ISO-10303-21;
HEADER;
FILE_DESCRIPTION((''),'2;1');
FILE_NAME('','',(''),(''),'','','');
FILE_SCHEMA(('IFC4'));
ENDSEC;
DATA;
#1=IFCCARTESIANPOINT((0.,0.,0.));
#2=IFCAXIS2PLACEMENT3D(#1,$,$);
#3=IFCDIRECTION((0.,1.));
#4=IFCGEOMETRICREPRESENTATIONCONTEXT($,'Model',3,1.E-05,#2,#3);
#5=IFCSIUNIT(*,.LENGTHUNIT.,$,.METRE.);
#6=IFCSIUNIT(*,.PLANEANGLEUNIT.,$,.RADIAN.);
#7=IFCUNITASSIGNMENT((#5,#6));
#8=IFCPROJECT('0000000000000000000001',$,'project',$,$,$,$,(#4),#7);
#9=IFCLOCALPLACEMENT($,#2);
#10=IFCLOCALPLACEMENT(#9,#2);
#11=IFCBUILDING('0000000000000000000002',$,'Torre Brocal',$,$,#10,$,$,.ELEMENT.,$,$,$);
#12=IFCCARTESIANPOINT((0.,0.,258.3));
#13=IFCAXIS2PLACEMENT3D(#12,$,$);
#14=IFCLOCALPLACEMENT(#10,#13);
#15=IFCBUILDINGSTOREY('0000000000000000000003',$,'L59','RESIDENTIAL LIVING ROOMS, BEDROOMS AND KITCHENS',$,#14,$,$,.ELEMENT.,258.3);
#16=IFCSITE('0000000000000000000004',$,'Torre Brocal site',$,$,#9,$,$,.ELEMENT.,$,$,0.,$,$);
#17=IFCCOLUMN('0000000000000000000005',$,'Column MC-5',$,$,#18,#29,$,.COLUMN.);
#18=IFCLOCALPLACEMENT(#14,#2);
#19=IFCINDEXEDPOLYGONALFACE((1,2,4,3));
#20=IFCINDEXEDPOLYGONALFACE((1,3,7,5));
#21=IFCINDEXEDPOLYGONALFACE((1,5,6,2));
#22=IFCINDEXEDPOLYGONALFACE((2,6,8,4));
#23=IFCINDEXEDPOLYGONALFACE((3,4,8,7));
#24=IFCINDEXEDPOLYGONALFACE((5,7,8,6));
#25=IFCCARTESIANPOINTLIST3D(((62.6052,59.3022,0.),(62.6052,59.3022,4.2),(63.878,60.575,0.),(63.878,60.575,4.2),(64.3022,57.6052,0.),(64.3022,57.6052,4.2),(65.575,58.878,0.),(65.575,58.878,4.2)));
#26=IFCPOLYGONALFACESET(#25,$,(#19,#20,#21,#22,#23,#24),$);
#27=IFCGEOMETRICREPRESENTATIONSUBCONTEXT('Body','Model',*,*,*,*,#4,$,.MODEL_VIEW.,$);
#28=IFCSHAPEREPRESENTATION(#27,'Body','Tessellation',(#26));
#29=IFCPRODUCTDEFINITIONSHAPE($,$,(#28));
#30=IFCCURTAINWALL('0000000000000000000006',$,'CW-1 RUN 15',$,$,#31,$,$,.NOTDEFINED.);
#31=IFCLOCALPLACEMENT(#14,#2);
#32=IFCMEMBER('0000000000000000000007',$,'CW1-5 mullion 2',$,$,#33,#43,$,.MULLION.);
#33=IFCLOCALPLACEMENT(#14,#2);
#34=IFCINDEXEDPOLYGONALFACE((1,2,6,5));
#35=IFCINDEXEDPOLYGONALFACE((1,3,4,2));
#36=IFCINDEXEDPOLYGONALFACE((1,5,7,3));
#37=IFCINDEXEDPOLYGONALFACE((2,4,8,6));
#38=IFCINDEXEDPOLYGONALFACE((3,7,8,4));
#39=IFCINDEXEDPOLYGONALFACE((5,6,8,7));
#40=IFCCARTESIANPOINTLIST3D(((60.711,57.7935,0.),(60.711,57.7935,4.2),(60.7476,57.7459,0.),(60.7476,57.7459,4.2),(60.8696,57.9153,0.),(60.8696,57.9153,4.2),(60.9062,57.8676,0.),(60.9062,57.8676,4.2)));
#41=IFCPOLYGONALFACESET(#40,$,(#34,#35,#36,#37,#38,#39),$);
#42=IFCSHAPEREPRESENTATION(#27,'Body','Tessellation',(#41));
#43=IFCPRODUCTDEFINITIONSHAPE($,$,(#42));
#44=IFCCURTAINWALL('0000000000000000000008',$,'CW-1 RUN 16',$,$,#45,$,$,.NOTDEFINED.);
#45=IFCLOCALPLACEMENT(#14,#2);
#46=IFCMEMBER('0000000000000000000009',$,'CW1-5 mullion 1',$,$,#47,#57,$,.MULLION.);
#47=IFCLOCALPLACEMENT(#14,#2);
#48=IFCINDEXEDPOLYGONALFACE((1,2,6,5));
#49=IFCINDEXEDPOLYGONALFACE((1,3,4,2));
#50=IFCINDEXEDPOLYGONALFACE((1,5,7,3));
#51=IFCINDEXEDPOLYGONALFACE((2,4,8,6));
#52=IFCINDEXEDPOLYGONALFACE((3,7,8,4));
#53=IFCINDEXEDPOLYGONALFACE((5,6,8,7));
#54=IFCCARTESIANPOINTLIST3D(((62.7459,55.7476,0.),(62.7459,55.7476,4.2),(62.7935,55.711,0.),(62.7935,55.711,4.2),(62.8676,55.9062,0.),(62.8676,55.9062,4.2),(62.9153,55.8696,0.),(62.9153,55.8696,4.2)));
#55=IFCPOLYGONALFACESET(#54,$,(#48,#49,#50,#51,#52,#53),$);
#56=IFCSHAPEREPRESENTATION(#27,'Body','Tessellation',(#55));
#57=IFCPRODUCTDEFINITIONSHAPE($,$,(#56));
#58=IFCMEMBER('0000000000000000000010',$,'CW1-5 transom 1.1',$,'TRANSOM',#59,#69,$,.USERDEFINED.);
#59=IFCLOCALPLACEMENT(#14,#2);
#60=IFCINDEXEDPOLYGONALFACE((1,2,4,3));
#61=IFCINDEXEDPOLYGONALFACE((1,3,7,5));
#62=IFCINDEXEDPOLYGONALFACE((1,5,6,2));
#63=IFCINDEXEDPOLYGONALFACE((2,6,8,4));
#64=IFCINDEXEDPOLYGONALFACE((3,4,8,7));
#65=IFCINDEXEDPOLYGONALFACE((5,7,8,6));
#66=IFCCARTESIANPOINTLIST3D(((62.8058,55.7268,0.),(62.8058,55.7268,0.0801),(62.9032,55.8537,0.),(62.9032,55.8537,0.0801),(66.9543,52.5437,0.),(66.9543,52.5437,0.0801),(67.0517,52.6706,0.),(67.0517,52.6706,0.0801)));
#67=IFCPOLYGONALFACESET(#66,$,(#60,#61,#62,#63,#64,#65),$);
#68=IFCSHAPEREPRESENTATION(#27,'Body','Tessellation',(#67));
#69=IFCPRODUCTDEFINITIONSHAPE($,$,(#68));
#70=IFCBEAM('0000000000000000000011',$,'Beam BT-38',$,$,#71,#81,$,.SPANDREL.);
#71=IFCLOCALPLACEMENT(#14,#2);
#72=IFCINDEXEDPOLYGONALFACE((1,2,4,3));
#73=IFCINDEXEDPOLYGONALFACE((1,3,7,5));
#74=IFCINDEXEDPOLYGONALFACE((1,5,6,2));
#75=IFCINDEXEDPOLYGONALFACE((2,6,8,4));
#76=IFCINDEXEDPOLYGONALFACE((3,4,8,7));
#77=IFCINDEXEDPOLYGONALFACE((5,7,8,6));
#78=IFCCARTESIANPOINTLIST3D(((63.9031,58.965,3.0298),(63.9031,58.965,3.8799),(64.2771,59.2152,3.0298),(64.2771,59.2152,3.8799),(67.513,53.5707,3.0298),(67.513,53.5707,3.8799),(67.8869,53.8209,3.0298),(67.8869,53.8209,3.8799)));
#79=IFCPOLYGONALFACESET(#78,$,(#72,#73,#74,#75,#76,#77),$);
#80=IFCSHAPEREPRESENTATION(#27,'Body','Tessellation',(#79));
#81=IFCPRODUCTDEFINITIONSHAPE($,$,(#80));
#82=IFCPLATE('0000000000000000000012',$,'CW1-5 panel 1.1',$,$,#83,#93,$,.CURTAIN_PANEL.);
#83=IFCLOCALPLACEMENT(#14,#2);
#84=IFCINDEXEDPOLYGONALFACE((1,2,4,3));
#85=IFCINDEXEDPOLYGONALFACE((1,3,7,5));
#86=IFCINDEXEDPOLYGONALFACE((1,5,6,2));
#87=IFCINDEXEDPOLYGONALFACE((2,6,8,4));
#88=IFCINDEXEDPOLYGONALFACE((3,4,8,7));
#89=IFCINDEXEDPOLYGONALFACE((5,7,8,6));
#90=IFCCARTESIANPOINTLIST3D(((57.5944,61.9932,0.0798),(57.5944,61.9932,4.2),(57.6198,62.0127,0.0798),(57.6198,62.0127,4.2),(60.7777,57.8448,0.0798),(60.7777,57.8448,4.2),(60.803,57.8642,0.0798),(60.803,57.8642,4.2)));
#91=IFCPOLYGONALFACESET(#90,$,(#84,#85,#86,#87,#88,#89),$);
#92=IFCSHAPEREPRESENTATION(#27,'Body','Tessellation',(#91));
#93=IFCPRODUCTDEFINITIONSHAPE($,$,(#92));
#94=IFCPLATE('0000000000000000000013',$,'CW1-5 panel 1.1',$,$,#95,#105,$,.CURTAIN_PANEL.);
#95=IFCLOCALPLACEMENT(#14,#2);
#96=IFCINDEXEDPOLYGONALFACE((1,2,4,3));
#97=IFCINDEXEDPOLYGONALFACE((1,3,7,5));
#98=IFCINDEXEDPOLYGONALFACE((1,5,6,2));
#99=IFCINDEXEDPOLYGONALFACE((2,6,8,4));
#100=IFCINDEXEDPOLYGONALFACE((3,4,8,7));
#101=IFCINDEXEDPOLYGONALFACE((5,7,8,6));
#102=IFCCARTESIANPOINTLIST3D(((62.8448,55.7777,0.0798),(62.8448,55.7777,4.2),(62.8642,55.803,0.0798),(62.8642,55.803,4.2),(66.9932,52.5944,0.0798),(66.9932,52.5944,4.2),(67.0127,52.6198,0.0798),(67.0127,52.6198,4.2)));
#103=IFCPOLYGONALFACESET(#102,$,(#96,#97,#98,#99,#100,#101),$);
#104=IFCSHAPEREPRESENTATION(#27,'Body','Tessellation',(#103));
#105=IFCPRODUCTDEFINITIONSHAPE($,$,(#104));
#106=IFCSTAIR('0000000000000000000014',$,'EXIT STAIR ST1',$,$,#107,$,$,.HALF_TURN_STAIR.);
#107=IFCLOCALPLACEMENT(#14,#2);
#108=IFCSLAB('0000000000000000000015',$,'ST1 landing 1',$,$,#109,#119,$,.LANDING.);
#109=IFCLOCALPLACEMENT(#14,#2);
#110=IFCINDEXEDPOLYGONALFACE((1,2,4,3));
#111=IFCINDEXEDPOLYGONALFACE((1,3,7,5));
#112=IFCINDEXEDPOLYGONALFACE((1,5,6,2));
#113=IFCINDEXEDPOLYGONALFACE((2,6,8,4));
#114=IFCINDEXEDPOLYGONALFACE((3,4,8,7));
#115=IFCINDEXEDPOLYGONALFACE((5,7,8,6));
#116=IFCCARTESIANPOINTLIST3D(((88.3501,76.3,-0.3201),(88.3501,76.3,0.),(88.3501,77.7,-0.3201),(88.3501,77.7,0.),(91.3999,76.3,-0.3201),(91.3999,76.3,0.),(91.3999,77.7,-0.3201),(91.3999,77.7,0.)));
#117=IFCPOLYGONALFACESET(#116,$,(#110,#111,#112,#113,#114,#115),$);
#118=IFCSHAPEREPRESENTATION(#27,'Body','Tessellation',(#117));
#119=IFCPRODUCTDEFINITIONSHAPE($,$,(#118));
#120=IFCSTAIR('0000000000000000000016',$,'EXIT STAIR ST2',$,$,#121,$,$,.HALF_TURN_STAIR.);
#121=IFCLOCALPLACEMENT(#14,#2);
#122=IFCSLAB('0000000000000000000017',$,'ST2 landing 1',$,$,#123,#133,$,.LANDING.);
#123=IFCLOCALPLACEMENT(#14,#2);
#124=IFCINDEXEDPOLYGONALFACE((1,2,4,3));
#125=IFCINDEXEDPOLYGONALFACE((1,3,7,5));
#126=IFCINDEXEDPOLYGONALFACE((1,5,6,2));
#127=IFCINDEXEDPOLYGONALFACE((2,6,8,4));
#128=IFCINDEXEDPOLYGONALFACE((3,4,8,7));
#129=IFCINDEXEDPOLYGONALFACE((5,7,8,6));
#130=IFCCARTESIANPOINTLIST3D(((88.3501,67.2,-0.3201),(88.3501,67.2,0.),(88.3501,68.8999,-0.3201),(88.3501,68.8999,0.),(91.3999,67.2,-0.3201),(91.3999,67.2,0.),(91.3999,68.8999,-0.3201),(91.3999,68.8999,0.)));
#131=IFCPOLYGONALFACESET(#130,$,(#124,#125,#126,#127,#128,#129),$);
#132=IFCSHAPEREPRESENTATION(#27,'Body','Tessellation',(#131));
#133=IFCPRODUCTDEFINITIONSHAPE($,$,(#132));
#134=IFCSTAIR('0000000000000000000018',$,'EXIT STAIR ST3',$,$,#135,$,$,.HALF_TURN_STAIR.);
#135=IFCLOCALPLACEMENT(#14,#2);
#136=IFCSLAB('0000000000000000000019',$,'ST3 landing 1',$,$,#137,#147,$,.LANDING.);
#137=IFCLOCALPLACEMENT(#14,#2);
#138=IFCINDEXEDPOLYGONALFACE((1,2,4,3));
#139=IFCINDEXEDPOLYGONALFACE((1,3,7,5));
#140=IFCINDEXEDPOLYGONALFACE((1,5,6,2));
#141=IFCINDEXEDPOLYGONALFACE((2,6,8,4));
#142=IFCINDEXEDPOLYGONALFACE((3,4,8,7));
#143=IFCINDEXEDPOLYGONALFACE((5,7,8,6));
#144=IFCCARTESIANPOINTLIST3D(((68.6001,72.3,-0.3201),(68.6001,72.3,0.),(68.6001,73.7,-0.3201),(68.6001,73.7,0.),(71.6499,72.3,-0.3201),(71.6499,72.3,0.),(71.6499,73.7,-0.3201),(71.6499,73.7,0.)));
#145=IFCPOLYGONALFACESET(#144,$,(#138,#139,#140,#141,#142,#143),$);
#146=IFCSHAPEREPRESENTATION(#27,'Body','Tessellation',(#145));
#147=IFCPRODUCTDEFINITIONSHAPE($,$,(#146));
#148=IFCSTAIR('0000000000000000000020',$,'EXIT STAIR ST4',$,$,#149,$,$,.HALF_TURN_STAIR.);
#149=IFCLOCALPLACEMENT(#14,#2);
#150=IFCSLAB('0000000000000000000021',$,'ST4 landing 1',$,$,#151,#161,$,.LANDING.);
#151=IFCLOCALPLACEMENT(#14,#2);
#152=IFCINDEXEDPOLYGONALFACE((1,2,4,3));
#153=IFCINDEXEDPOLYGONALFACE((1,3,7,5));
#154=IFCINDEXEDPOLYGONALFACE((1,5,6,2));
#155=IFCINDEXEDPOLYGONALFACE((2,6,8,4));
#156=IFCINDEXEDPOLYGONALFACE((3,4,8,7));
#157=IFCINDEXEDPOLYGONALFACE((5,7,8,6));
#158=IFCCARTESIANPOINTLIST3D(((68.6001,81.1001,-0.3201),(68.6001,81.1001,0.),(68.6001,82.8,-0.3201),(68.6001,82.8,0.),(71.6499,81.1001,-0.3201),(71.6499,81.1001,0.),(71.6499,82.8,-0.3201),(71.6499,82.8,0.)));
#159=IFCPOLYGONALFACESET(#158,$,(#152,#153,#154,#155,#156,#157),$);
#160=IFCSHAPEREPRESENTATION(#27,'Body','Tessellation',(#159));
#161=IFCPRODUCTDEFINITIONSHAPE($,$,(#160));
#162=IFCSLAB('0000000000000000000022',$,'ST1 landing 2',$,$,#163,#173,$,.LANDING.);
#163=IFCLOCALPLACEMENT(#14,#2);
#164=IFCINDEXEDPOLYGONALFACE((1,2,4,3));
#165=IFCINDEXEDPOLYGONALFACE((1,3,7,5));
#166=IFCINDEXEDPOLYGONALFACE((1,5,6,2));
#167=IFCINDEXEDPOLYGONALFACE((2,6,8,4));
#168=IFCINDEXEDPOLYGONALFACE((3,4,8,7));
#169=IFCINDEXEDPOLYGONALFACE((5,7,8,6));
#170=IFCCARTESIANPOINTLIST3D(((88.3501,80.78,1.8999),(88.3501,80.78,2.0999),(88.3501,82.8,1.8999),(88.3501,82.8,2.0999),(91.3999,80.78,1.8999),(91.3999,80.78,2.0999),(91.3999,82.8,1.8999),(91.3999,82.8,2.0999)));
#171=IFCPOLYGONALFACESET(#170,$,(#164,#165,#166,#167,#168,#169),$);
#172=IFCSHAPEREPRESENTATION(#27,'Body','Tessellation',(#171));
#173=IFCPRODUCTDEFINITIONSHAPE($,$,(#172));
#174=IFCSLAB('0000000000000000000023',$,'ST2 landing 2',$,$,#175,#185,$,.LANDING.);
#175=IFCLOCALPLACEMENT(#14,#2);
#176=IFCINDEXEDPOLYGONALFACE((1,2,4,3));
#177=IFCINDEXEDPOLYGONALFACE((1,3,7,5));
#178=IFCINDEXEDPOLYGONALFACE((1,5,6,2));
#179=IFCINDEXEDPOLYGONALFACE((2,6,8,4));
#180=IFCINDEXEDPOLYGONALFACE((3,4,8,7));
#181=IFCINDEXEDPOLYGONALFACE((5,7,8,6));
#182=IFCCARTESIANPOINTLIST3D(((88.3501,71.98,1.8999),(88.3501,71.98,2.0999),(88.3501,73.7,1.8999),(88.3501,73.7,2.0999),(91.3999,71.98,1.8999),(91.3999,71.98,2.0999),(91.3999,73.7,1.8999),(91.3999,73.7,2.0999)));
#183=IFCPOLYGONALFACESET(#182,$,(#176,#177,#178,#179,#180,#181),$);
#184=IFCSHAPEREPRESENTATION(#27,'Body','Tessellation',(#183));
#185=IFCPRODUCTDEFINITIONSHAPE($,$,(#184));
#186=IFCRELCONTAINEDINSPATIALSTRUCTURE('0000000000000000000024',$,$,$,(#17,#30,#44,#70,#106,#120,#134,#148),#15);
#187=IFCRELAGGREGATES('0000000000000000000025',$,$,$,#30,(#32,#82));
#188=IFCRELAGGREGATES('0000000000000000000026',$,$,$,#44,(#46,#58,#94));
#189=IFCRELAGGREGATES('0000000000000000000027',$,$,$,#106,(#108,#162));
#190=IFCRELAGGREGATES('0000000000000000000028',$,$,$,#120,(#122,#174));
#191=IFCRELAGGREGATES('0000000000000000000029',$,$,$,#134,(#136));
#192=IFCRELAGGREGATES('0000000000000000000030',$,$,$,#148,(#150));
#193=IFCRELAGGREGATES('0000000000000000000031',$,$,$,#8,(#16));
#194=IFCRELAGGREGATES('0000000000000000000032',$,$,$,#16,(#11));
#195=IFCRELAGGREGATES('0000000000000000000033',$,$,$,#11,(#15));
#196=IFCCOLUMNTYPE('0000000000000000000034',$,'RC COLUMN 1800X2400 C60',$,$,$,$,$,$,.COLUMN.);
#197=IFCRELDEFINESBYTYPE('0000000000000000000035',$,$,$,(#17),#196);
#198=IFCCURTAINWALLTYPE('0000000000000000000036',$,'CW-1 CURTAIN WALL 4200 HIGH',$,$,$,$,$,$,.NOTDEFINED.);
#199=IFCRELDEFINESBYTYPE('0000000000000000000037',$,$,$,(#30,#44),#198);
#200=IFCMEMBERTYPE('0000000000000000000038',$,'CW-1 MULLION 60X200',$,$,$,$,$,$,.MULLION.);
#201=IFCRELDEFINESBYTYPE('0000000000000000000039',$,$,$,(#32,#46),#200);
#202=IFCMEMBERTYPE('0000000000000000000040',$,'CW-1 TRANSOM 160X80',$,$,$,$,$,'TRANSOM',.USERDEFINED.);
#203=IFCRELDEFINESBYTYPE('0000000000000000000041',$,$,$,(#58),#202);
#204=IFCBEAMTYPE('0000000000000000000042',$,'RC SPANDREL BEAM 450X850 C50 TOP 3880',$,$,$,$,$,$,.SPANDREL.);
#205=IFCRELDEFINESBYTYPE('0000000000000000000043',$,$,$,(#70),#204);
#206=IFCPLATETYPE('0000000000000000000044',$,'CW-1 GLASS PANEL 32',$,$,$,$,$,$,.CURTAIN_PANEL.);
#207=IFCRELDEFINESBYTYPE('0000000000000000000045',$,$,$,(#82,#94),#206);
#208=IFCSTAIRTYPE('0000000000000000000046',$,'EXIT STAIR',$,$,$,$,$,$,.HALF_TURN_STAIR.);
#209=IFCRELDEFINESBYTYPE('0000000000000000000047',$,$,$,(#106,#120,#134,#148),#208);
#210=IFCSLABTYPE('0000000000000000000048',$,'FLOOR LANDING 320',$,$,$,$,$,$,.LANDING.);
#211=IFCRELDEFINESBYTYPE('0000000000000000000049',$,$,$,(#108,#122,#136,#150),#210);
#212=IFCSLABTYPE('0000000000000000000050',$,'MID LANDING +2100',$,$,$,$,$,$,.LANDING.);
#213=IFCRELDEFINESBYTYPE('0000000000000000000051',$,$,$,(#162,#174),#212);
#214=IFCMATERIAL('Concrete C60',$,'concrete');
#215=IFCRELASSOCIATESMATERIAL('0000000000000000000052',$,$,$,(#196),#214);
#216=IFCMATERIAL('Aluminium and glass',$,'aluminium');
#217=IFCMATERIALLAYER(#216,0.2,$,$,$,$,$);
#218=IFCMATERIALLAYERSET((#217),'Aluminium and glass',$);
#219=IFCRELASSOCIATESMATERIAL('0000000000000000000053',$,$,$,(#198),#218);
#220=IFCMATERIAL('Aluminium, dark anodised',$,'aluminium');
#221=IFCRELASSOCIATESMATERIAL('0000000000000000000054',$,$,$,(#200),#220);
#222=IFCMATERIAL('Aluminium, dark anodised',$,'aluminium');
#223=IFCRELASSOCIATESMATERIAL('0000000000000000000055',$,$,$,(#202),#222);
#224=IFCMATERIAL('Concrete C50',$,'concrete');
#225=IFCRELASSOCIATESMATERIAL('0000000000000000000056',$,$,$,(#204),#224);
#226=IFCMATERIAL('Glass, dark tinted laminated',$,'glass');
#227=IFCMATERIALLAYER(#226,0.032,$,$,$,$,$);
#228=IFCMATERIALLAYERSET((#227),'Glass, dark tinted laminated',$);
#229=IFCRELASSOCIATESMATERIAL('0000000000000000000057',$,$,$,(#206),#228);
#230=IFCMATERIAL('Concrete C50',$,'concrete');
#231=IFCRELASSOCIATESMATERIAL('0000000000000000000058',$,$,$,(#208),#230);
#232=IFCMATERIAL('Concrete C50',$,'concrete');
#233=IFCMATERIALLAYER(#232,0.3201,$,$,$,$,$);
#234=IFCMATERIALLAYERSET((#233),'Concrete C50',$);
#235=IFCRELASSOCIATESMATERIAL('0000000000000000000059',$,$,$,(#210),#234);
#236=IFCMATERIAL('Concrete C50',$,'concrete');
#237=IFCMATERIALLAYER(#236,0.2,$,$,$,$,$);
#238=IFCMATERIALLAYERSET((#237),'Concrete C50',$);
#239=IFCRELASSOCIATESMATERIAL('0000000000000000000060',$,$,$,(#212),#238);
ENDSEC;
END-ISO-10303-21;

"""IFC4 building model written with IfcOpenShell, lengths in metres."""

from ifc_helpers import new_model, si_unit, direction, frame, origin, origin_2d, place, context, subcontext, project, spatial, polyline, rectangle, outline, extrude, material, layer, layer_set, material_profile, profile_set, type_object, element, aggregate, save


model = new_model("IFC4")

# Units and contexts
model_context = context("Model", 3, precision=1e-05, world=origin(), true_north=direction((0.0, 1.0)))
body_context = subcontext(model_context, "Body", "Model", "MODEL_VIEW")
ifc_project = project(units=[si_unit("LENGTHUNIT", "METRE"), si_unit("PLANEANGLEUNIT", "RADIAN")], contexts=[model_context])

# Site, building, storey
site_placement = place(None, origin())
site = spatial("IfcSite", under=ifc_project, at=site_placement, Name="Torre Brocal site", CompositionType="ELEMENT", RefElevation=0.0)
building_placement = place(site_placement, origin())
building = spatial("IfcBuilding", under=site, at=building_placement, Name="Torre Brocal", CompositionType="ELEMENT")
storey_placement = place(building_placement, frame((0.0, 0.0, 258.3)))
storey = spatial("IfcBuildingStorey", under=building, at=storey_placement, Name="L59", Description="RESIDENTIAL LIVING ROOMS, BEDROOMS AND KITCHENS", CompositionType="ELEMENT", Elevation=258.3)

# Column
ifc_material_1 = material(Name="Concrete C60", Category="concrete")
ifc_material_profile_1 = material_profile(ifc_material_1, rectangle(XDim=1.8, YDim=2.3999, at=origin_2d()), Name="RC 1800X2400")
ifc_profile_set_1 = profile_set([ifc_material_profile_1], Name="Concrete C60")
column_type = type_object("IfcColumnType", Name="RC COLUMN 1800X2400 C60", PredefinedType="COLUMN", material=ifc_profile_set_1)
column_placement = place(storey_placement, frame((64.0901, 59.0901, 0.0), z_axis=(0.0, 0.0, 1.0), x_axis=(-0.707107, -0.707107, 0.0)))
element("IfcColumn", 1, at=column_placement, inside=storey, type_object=column_type, Name="Column MC-5", PredefinedType="COLUMN", context=body_context, shape_type="SweptSolid", body=[
    extrude(rectangle(XDim=1.8, YDim=2.3999, at=origin_2d()), origin(), (0.0, 0.0, 1.0), 4.2),
])

# Curtain wall, member
ifc_material_2 = material(Name="Aluminium and glass", Category="aluminium")
ifc_layer_1 = layer(ifc_material_2, 0.2)
ifc_layer_set_1 = layer_set([ifc_layer_1], Name="Aluminium and glass")
curtain_wall_type = type_object("IfcCurtainWallType", Name="CW-1 CURTAIN WALL 4200 HIGH", PredefinedType="NOTDEFINED", material=ifc_layer_set_1)
curtain_wall_1_placement = place(storey_placement, origin())
curtain_wall_1 = element("IfcCurtainWall", 2, at=curtain_wall_1_placement, inside=storey, type_object=curtain_wall_type, Name="CW-1 RUN 15", PredefinedType="NOTDEFINED")
ifc_material_3 = material(Name="Aluminium, dark anodised", Category="aluminium")
ifc_material_profile_2 = material_profile(ifc_material_3, rectangle(XDim=0.2, YDim=0.0601, at=origin_2d()), Name="CW-1 MULLION 60X200")
ifc_profile_set_2 = profile_set([ifc_material_profile_2], Name="Aluminium, dark anodised")
member_type_1 = type_object("IfcMemberType", Name="CW-1 MULLION 60X200", PredefinedType="MULLION", material=ifc_profile_set_2)
member_1_placement = place(storey_placement, frame((60.8086, 57.8306, 0.0), z_axis=(0.0, 0.0, 1.0), x_axis=(0.793353, 0.608761, 0.0)))
member_1 = element("IfcMember", 3, at=member_1_placement, type_object=member_type_1, Name="CW1-5 mullion 2", PredefinedType="MULLION", context=body_context, shape_type="SweptSolid", body=[
    extrude(rectangle(XDim=0.2, YDim=0.0601, at=origin_2d()), origin(), (0.0, 0.0, 1.0), 4.2),
])

# Curtain wall, members
curtain_wall_2_placement = place(storey_placement, origin())
curtain_wall_2 = element("IfcCurtainWall", 4, at=curtain_wall_2_placement, inside=storey, type_object=curtain_wall_type, Name="CW-1 RUN 16", PredefinedType="NOTDEFINED")
member_2_placement = place(storey_placement, frame((62.8306, 55.8086, 0.0), z_axis=(0.0, 0.0, 1.0), x_axis=(0.608761, 0.793353, 0.0)))
member_2 = element("IfcMember", 5, at=member_2_placement, type_object=member_type_1, Name="CW1-5 mullion 1", PredefinedType="MULLION", context=body_context, shape_type="SweptSolid", body=[
    extrude(rectangle(XDim=0.2, YDim=0.0601, at=origin_2d()), origin(), (0.0, 0.0, 1.0), 4.2),
])
ifc_material_4 = material(Name="Aluminium, dark anodised", Category="aluminium")
ifc_material_profile_3 = material_profile(ifc_material_4, rectangle(XDim=0.1599, YDim=0.0801, at=origin_2d()), Name="CW-1 TRANSOM 160X80")
ifc_profile_set_3 = profile_set([ifc_material_profile_3], Name="Aluminium, dark anodised")
member_type_2 = type_object("IfcMemberType", Name="CW-1 TRANSOM 160X80", ElementType="TRANSOM", PredefinedType="USERDEFINED", material=ifc_profile_set_3)
member_3_placement = place(storey_placement, frame((62.8545, 55.7903, 0.04), z_axis=(0.793363, -0.608749, 0.0), x_axis=(0.608749, 0.793363, 0.0)))
member_3 = element("IfcMember", 6, at=member_3_placement, type_object=member_type_2, Name="CW1-5 transom 1.1", ObjectType="TRANSOM", PredefinedType="USERDEFINED", context=body_context, shape_type="SweptSolid", body=[
    extrude(rectangle(XDim=0.1599, YDim=0.0801, at=origin_2d()), origin(), (0.0, 0.0, 1.0), 5.229),
])

# Beam
ifc_material_5 = material(Name="Concrete C50", Category="concrete")
ifc_material_profile_4 = material_profile(ifc_material_5, rectangle(XDim=0.45, YDim=0.8501, at=origin_2d()), Name="RC 450X850")
ifc_profile_set_4 = profile_set([ifc_material_profile_4], Name="Concrete C50")
beam_type = type_object("IfcBeamType", Name="RC SPANDREL BEAM 450X850 C50 TOP 3880", PredefinedType="SPANDREL", material=ifc_profile_set_4)
beam_placement = place(storey_placement, frame((64.0901, 59.0901, 3.4548), z_axis=(0.556158, -0.831077, 0.0), x_axis=(0.831077, 0.556158, 0.0)))
element("IfcBeam", 7, at=beam_placement, inside=storey, type_object=beam_type, Name="Beam BT-38", PredefinedType="SPANDREL", context=body_context, shape_type="SweptSolid", body=[
    extrude(rectangle(XDim=0.45, YDim=0.8501, at=origin_2d()), origin(), (0.0, 0.0, 1.0), 6.4907),
])

# Plates
ifc_material_6 = material(Name="Glass, dark tinted laminated", Category="glass")
ifc_layer_2 = layer(ifc_material_6, 0.032)
ifc_layer_set_2 = layer_set([ifc_layer_2], Name="Glass, dark tinted laminated")
plate_type = type_object("IfcPlateType", Name="CW-1 GLASS PANEL 32", PredefinedType="CURTAIN_PANEL", material=ifc_layer_set_2)
plate_1_placement = place(storey_placement, frame((59.1987, 59.9287, 0.0798), z_axis=(0.0, 0.0, 1.0), x_axis=(0.608761, -0.793353, 0.0)))
plate_1 = element("IfcPlate", 8, at=plate_1_placement, type_object=plate_type, Name="CW1-5 panel 1.1", PredefinedType="CURTAIN_PANEL", context=body_context, shape_type="SweptSolid", body=[
    extrude(rectangle(XDim=5.229, YDim=0.032, at=origin_2d()), origin(), (0.0, 0.0, 1.0), 4.1201),
])
aggregate(curtain_wall_1, [member_1, plate_1])
plate_2_placement = place(storey_placement, frame((64.9287, 54.1987, 0.0798), z_axis=(0.0, 0.0, 1.0), x_axis=(0.793353, -0.608761, 0.0)))
plate_2 = element("IfcPlate", 9, at=plate_2_placement, type_object=plate_type, Name="CW1-5 panel 1.1", PredefinedType="CURTAIN_PANEL", context=body_context, shape_type="SweptSolid", body=[
    extrude(rectangle(XDim=5.229, YDim=0.032, at=origin_2d()), origin(), (0.0, 0.0, 1.0), 4.1201),
])
aggregate(curtain_wall_2, [member_2, member_3, plate_2])

# Stairs, slabs
ifc_material_7 = material(Name="Concrete C50", Category="concrete")
stair_type = type_object("IfcStairType", Name="EXIT STAIR", PredefinedType="HALF_TURN_STAIR", material=ifc_material_7)
stair_1_placement = place(storey_placement, origin())
stair_1 = element("IfcStair", 10, at=stair_1_placement, inside=storey, type_object=stair_type, Name="EXIT STAIR ST1", PredefinedType="HALF_TURN_STAIR")
ifc_material_8 = material(Name="Concrete C50", Category="concrete")
ifc_layer_3 = layer(ifc_material_8, 0.3201)
ifc_layer_set_3 = layer_set([ifc_layer_3], Name="Concrete C50")
slab_type_1 = type_object("IfcSlabType", Name="FLOOR LANDING 320", PredefinedType="LANDING", material=ifc_layer_set_3)
slab_1_placement = place(storey_placement, frame((0.0, 0.0, -0.3201)))
slab_1 = element("IfcSlab", 11, at=slab_1_placement, type_object=slab_type_1, Name="ST1 landing 1", PredefinedType="LANDING", context=body_context, shape_type="SweptSolid", body=[
    extrude(outline(polyline([(88.3501, 76.3), (91.3999, 76.3), (91.3999, 77.7), (88.3501, 77.7), (88.3501, 76.3)])), origin(), (0.0, 0.0, 1.0), 0.3201),
])
stair_2_placement = place(storey_placement, origin())
stair_2 = element("IfcStair", 12, at=stair_2_placement, inside=storey, type_object=stair_type, Name="EXIT STAIR ST2", PredefinedType="HALF_TURN_STAIR")
slab_2_placement = place(storey_placement, frame((0.0, 0.0, -0.3201)))
slab_2 = element("IfcSlab", 13, at=slab_2_placement, type_object=slab_type_1, Name="ST2 landing 1", PredefinedType="LANDING", context=body_context, shape_type="SweptSolid", body=[
    extrude(outline(polyline([(88.3501, 67.2), (91.3999, 67.2), (91.3999, 68.8999), (88.3501, 68.8999), (88.3501, 67.2)])), origin(), (0.0, 0.0, 1.0), 0.3201),
])
stair_3_placement = place(storey_placement, origin())
stair_3 = element("IfcStair", 14, at=stair_3_placement, inside=storey, type_object=stair_type, Name="EXIT STAIR ST3", PredefinedType="HALF_TURN_STAIR")
slab_3_placement = place(storey_placement, frame((0.0, 0.0, -0.3201)))
slab_3 = element("IfcSlab", 15, at=slab_3_placement, type_object=slab_type_1, Name="ST3 landing 1", PredefinedType="LANDING", context=body_context, shape_type="SweptSolid", body=[
    extrude(outline(polyline([(71.6499, 73.7), (68.6001, 73.7), (68.6001, 72.3), (71.6499, 72.3), (71.6499, 73.7)])), origin(), (0.0, 0.0, 1.0), 0.3201),
])
stair_4_placement = place(storey_placement, origin())
stair_4 = element("IfcStair", 16, at=stair_4_placement, inside=storey, type_object=stair_type, Name="EXIT STAIR ST4", PredefinedType="HALF_TURN_STAIR")
slab_4_placement = place(storey_placement, frame((0.0, 0.0, -0.3201)))
slab_4 = element("IfcSlab", 17, at=slab_4_placement, type_object=slab_type_1, Name="ST4 landing 1", PredefinedType="LANDING", context=body_context, shape_type="SweptSolid", body=[
    extrude(outline(polyline([(71.6499, 82.8), (68.6001, 82.8), (68.6001, 81.1001), (71.6499, 81.1001), (71.6499, 82.8)])), origin(), (0.0, 0.0, 1.0), 0.3201),
])

# Slabs
ifc_material_9 = material(Name="Concrete C50", Category="concrete")
ifc_layer_4 = layer(ifc_material_9, 0.2)
ifc_layer_set_4 = layer_set([ifc_layer_4], Name="Concrete C50")
slab_type_2 = type_object("IfcSlabType", Name="MID LANDING +2100", PredefinedType="LANDING", material=ifc_layer_set_4)
slab_5_placement = place(storey_placement, frame((0.0, 0.0, 1.8999)))
slab_5 = element("IfcSlab", 18, at=slab_5_placement, type_object=slab_type_2, Name="ST1 landing 2", PredefinedType="LANDING", context=body_context, shape_type="SweptSolid", body=[
    extrude(outline(polyline([(88.3501, 80.78), (91.3999, 80.78), (91.3999, 82.8), (88.3501, 82.8), (88.3501, 80.78)])), origin(), (0.0, 0.0, 1.0), 0.2),
])
aggregate(stair_1, [slab_1, slab_5])
slab_6_placement = place(storey_placement, frame((0.0, 0.0, 1.8999)))
slab_6 = element("IfcSlab", 19, at=slab_6_placement, type_object=slab_type_2, Name="ST2 landing 2", PredefinedType="LANDING", context=body_context, shape_type="SweptSolid", body=[
    extrude(outline(polyline([(88.3501, 71.98), (91.3999, 71.98), (91.3999, 73.7), (88.3501, 73.7), (88.3501, 71.98)])), origin(), (0.0, 0.0, 1.0), 0.2),
])
aggregate(stair_2, [slab_2, slab_6])
aggregate(stair_3, [slab_3])
aggregate(stair_4, [slab_4])

save(model, "model.ifc")
